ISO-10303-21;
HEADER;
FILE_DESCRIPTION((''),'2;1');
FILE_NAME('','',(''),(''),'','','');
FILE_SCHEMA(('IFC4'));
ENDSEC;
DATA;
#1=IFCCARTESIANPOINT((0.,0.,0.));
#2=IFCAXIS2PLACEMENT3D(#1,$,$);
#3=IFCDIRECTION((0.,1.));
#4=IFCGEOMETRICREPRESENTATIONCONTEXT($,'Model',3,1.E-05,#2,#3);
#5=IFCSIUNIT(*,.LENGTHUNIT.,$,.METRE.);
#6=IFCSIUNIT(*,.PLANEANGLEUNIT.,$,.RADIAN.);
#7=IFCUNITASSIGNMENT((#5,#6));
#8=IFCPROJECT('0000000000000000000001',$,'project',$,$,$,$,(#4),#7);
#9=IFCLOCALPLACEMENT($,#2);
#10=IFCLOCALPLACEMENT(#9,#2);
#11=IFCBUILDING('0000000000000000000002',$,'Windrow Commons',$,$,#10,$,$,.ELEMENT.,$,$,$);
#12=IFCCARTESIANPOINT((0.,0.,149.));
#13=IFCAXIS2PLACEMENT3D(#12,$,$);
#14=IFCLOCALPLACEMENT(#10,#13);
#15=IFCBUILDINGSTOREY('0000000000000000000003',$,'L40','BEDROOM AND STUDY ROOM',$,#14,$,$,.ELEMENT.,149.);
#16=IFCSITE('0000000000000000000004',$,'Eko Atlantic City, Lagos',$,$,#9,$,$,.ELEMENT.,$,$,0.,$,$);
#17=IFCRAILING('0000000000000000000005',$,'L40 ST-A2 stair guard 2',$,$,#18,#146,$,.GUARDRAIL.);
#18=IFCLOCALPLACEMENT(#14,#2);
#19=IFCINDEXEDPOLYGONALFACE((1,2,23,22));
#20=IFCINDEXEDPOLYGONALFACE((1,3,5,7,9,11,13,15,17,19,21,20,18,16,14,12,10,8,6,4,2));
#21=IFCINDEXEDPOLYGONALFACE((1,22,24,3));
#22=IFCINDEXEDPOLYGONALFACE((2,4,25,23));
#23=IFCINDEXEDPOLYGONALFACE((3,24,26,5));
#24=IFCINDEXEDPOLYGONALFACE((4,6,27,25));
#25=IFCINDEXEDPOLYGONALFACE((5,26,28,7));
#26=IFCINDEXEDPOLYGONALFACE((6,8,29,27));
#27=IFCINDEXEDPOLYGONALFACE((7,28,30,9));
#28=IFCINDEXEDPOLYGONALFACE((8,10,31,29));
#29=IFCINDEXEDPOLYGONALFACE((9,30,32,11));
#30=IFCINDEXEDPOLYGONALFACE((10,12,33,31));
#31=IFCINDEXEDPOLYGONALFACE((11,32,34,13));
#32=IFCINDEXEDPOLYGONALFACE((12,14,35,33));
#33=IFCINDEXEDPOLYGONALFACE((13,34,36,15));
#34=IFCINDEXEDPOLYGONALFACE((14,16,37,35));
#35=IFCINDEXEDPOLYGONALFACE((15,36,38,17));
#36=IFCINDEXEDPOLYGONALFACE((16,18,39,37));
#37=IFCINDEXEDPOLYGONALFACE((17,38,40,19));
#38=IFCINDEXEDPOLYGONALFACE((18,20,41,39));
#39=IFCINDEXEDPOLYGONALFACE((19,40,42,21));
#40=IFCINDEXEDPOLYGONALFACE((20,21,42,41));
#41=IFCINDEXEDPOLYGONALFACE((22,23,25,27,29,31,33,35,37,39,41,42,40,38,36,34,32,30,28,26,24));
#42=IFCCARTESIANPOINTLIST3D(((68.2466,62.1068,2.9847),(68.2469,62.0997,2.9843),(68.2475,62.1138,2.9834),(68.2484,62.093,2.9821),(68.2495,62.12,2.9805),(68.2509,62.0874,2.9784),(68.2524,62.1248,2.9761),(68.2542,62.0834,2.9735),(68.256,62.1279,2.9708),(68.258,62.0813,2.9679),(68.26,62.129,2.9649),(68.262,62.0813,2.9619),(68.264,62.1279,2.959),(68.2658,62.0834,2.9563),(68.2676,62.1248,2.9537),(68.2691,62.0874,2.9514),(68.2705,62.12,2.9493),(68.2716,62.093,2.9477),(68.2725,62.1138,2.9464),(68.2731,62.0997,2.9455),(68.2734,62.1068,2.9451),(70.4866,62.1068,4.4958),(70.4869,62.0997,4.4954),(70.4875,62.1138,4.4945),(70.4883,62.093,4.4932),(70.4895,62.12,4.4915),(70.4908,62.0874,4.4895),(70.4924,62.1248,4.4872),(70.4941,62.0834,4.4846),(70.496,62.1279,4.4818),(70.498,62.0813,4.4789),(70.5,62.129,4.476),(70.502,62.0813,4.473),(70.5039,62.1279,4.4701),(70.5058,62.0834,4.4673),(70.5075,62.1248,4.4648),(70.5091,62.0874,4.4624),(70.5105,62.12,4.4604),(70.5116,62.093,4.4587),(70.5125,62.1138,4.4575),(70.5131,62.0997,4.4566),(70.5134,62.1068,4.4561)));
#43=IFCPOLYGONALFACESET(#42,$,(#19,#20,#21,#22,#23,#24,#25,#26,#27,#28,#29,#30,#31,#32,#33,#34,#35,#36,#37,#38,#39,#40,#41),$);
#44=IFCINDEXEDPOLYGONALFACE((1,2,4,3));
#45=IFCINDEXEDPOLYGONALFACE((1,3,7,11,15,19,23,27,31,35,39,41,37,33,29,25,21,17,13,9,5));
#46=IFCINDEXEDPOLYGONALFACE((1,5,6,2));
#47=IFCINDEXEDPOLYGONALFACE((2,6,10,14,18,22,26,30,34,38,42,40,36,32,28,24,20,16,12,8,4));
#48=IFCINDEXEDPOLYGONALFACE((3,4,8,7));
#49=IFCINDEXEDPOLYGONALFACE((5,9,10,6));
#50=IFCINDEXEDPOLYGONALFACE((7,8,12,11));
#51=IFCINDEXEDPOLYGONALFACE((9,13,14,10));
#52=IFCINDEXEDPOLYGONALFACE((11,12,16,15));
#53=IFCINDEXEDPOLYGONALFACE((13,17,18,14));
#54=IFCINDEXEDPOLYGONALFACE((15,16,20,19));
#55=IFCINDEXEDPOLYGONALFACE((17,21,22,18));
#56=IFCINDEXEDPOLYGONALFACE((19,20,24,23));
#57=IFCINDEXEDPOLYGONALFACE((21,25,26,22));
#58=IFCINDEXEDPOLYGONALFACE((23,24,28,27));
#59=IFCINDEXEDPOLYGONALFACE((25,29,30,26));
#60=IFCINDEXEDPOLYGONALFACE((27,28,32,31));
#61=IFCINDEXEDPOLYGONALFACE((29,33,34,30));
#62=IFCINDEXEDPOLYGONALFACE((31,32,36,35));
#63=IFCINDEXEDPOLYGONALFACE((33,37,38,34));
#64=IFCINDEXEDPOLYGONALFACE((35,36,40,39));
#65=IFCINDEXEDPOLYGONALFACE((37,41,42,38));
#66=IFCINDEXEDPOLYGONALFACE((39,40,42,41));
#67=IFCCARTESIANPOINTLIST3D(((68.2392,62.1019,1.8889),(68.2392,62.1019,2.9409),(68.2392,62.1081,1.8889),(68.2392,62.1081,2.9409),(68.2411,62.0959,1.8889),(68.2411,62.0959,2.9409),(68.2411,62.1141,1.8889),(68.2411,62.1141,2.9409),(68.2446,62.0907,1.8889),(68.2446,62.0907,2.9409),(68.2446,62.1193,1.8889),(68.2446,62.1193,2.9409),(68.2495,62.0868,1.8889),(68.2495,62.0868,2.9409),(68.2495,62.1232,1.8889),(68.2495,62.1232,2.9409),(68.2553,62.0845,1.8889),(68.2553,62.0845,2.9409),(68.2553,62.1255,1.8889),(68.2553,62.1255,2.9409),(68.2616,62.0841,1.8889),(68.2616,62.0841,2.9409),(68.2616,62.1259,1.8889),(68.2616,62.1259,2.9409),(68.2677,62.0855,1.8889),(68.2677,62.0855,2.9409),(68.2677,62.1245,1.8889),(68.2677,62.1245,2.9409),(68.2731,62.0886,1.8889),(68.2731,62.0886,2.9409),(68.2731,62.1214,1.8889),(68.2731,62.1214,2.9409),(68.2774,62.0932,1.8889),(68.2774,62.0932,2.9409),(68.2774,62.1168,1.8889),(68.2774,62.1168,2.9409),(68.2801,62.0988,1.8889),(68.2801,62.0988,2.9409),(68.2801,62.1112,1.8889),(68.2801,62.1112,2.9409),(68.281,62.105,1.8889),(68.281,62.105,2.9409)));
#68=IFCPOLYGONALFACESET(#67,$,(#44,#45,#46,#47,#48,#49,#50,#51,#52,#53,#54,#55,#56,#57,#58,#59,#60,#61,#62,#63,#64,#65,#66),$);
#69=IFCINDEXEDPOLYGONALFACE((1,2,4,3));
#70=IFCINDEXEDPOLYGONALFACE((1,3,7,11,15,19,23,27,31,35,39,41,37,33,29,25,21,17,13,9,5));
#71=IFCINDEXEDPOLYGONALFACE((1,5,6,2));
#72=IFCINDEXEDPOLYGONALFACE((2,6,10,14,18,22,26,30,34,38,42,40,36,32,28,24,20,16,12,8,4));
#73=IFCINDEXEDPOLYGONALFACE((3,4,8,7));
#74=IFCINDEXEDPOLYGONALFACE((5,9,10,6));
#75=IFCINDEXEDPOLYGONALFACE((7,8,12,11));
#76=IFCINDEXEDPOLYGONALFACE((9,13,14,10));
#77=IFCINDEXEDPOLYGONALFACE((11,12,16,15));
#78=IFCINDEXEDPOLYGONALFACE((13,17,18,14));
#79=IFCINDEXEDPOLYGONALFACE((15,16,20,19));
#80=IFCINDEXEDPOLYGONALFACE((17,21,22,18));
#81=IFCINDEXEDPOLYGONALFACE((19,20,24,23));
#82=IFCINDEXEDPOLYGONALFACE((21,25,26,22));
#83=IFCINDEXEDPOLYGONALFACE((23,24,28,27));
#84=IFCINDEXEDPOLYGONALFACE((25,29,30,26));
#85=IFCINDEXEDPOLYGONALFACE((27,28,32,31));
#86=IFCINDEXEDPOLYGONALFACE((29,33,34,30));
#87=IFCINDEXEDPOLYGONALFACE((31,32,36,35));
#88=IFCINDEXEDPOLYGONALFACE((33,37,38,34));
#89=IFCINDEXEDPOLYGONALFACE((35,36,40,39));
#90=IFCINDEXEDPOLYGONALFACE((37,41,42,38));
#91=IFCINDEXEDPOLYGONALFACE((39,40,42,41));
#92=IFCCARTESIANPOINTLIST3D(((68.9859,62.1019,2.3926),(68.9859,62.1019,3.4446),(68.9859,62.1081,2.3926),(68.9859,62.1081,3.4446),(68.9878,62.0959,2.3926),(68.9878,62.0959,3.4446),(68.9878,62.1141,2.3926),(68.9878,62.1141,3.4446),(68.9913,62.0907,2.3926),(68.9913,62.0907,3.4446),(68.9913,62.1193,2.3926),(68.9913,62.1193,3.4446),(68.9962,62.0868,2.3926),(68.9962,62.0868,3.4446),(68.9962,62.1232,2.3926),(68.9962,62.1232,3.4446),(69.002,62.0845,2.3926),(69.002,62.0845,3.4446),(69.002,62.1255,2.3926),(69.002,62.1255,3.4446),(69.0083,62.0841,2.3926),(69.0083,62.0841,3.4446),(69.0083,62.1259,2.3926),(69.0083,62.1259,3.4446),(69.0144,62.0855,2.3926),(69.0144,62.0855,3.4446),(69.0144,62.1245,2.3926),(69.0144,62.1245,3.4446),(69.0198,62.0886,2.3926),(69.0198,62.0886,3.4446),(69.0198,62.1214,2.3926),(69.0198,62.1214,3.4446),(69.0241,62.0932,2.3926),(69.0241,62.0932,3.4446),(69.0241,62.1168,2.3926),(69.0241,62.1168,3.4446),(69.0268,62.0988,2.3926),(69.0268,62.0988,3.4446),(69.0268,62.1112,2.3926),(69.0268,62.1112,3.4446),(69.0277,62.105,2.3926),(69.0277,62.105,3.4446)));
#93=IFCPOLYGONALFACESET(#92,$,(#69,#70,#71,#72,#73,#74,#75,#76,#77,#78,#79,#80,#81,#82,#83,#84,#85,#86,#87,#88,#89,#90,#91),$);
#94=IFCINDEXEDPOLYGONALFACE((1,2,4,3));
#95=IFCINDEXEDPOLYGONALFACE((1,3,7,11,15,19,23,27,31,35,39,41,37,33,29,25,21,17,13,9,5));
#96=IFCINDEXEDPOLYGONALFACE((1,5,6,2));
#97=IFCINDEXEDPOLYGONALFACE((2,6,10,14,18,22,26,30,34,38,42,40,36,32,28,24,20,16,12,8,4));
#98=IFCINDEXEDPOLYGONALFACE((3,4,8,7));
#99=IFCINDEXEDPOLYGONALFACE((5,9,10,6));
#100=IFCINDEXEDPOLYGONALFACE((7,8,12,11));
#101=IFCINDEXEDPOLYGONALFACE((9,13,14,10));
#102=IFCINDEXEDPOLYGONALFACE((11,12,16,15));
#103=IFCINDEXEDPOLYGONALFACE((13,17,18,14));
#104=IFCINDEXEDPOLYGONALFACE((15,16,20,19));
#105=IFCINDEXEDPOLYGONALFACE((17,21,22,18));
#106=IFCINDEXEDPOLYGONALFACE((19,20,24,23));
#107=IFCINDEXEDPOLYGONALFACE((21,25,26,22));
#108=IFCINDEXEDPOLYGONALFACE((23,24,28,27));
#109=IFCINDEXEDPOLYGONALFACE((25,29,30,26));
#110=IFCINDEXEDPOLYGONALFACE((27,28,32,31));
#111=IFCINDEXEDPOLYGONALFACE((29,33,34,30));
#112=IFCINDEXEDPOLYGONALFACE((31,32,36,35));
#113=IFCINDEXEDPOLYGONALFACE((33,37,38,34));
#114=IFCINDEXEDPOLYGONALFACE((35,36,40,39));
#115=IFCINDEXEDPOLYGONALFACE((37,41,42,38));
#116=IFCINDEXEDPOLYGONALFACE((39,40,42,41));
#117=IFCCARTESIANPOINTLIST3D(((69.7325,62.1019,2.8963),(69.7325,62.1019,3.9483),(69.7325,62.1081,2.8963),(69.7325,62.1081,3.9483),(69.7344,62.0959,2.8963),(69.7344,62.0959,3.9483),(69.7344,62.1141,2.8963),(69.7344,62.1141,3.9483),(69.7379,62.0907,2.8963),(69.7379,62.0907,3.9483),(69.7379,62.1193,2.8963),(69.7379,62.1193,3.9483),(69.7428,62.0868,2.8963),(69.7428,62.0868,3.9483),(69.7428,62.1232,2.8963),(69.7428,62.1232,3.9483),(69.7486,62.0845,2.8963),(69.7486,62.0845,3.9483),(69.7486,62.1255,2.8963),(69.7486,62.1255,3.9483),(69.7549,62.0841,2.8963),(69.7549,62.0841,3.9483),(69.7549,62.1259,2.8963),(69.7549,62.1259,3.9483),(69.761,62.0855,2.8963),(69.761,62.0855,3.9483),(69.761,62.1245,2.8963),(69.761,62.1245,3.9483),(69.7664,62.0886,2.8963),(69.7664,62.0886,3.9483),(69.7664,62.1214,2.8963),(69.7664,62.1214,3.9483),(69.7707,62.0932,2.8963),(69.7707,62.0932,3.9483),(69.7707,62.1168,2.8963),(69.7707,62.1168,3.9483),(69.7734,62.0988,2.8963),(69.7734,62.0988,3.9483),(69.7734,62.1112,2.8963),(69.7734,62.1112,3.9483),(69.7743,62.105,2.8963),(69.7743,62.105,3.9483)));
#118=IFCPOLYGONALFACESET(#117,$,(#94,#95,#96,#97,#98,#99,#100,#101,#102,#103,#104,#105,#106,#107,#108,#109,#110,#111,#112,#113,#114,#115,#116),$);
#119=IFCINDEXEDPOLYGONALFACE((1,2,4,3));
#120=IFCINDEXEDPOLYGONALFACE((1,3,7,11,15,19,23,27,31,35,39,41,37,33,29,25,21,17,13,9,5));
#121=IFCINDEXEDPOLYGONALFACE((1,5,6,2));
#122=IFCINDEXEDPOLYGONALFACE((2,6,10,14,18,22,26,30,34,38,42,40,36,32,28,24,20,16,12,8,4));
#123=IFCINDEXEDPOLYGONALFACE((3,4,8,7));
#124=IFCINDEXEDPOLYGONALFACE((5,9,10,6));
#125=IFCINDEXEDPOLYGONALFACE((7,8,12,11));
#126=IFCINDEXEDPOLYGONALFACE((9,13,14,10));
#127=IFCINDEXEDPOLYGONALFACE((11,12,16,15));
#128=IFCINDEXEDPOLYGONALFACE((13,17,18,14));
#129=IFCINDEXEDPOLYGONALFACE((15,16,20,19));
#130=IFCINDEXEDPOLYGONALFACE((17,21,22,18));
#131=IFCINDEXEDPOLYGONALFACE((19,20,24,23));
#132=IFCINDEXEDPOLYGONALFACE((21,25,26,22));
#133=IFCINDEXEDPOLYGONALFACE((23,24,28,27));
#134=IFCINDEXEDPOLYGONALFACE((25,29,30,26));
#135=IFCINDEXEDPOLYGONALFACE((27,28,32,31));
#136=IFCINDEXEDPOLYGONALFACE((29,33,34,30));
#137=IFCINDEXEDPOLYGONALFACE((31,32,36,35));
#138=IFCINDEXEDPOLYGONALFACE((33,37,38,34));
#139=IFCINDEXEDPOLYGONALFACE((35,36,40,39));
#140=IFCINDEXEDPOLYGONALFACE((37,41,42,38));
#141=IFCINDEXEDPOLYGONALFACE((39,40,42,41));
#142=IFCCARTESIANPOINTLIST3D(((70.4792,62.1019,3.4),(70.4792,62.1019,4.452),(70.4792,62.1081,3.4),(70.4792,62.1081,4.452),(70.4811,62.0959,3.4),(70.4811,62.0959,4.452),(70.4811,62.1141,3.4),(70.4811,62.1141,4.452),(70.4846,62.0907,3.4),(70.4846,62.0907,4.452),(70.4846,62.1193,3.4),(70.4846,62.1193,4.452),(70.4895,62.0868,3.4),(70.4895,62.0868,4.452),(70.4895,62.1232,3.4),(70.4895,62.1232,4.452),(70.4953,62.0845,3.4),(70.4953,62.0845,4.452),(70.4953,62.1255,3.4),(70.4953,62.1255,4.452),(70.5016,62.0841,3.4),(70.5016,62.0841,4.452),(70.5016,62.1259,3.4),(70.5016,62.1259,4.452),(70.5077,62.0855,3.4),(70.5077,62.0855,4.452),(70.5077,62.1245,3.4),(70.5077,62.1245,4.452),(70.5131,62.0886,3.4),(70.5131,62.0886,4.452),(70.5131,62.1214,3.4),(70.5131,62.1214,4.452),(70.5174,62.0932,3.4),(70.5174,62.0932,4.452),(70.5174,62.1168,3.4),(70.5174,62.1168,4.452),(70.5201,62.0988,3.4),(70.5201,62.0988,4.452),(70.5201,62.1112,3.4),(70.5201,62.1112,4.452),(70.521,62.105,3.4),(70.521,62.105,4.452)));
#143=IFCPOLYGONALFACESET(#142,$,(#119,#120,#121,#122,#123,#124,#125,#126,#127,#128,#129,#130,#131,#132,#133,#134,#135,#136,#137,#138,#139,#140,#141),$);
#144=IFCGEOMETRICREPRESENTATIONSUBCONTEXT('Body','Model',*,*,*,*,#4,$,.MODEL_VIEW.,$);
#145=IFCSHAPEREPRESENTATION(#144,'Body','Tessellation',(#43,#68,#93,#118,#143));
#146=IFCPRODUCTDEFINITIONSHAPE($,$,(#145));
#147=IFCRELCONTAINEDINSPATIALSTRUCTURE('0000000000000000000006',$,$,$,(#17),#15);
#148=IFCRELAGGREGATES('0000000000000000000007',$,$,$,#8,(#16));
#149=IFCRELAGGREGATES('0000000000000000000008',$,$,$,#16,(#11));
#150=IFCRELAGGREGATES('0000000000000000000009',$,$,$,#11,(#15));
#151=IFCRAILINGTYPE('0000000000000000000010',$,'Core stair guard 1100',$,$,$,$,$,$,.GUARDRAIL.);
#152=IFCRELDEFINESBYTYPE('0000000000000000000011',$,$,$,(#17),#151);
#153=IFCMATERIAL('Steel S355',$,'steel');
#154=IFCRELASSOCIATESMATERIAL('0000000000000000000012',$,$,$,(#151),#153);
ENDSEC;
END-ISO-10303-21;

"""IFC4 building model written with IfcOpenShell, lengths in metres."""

from ifc_helpers import new_model, si_unit, direction, frame, origin, origin_2d, place, context, subcontext, project, spatial, circle, extrude, material, type_object, element, save


model = new_model("IFC4")

# Units and contexts
model_context = context("Model", 3, precision=1e-05, world=origin(), true_north=direction((0.0, 1.0)))
body_context = subcontext(model_context, "Body", "Model", "MODEL_VIEW")
ifc_project = project(units=[si_unit("LENGTHUNIT", "METRE"), si_unit("PLANEANGLEUNIT", "RADIAN")], contexts=[model_context])

# Site, building, storey
site_placement = place(None, origin())
site = spatial("IfcSite", under=ifc_project, at=site_placement, Name="Eko Atlantic City, Lagos", CompositionType="ELEMENT", RefElevation=0.0)
building_placement = place(site_placement, origin())
building = spatial("IfcBuilding", under=site, at=building_placement, Name="Windrow Commons", CompositionType="ELEMENT")
storey_placement = place(building_placement, frame((0.0, 0.0, 149.0)))
storey = spatial("IfcBuildingStorey", under=building, at=storey_placement, Name="L40", Description="BEDROOM AND STUDY ROOM", CompositionType="ELEMENT", Elevation=149.0)

# Railing
ifc_material_1 = material(Name="Steel S355", Category="steel")
railing_type_1 = type_object("IfcRailingType", Name="Core stair guard 1100", PredefinedType="GUARDRAIL", material=ifc_material_1)
railing_1_placement = place(storey_placement, frame((68.26, 62.105, 1.8889)))
element("IfcRailing", 1, at=railing_1_placement, inside=storey, type_object=railing_type_1, Name="L40 ST-A2 stair guard 2", PredefinedType="GUARDRAIL", context=body_context, shape_type="SweptSolid", body=[
    extrude(circle(Radius=0.024, at=origin_2d()), frame((0.0, 0.0, 1.076), z_axis=(0.829003, 0.0, 0.559244), x_axis=(0.0, 1.0, 0.0)), (0.0, 0.0, 1.0), 2.702),
    extrude(circle(Radius=0.021, at=origin_2d()), origin(), (0.0, 0.0, 1.0), 1.052),
    extrude(circle(Radius=0.021, at=origin_2d()), frame((0.7467, 0.0, 0.5037)), (0.0, 0.0, 1.0), 1.052),
    extrude(circle(Radius=0.021, at=origin_2d()), frame((1.4933, 0.0, 1.0074)), (0.0, 0.0, 1.0), 1.052),
    extrude(circle(Radius=0.021, at=origin_2d()), frame((2.24, 0.0, 1.5111)), (0.0, 0.0, 1.0), 1.052),
])

save(model, "model.ifc")
